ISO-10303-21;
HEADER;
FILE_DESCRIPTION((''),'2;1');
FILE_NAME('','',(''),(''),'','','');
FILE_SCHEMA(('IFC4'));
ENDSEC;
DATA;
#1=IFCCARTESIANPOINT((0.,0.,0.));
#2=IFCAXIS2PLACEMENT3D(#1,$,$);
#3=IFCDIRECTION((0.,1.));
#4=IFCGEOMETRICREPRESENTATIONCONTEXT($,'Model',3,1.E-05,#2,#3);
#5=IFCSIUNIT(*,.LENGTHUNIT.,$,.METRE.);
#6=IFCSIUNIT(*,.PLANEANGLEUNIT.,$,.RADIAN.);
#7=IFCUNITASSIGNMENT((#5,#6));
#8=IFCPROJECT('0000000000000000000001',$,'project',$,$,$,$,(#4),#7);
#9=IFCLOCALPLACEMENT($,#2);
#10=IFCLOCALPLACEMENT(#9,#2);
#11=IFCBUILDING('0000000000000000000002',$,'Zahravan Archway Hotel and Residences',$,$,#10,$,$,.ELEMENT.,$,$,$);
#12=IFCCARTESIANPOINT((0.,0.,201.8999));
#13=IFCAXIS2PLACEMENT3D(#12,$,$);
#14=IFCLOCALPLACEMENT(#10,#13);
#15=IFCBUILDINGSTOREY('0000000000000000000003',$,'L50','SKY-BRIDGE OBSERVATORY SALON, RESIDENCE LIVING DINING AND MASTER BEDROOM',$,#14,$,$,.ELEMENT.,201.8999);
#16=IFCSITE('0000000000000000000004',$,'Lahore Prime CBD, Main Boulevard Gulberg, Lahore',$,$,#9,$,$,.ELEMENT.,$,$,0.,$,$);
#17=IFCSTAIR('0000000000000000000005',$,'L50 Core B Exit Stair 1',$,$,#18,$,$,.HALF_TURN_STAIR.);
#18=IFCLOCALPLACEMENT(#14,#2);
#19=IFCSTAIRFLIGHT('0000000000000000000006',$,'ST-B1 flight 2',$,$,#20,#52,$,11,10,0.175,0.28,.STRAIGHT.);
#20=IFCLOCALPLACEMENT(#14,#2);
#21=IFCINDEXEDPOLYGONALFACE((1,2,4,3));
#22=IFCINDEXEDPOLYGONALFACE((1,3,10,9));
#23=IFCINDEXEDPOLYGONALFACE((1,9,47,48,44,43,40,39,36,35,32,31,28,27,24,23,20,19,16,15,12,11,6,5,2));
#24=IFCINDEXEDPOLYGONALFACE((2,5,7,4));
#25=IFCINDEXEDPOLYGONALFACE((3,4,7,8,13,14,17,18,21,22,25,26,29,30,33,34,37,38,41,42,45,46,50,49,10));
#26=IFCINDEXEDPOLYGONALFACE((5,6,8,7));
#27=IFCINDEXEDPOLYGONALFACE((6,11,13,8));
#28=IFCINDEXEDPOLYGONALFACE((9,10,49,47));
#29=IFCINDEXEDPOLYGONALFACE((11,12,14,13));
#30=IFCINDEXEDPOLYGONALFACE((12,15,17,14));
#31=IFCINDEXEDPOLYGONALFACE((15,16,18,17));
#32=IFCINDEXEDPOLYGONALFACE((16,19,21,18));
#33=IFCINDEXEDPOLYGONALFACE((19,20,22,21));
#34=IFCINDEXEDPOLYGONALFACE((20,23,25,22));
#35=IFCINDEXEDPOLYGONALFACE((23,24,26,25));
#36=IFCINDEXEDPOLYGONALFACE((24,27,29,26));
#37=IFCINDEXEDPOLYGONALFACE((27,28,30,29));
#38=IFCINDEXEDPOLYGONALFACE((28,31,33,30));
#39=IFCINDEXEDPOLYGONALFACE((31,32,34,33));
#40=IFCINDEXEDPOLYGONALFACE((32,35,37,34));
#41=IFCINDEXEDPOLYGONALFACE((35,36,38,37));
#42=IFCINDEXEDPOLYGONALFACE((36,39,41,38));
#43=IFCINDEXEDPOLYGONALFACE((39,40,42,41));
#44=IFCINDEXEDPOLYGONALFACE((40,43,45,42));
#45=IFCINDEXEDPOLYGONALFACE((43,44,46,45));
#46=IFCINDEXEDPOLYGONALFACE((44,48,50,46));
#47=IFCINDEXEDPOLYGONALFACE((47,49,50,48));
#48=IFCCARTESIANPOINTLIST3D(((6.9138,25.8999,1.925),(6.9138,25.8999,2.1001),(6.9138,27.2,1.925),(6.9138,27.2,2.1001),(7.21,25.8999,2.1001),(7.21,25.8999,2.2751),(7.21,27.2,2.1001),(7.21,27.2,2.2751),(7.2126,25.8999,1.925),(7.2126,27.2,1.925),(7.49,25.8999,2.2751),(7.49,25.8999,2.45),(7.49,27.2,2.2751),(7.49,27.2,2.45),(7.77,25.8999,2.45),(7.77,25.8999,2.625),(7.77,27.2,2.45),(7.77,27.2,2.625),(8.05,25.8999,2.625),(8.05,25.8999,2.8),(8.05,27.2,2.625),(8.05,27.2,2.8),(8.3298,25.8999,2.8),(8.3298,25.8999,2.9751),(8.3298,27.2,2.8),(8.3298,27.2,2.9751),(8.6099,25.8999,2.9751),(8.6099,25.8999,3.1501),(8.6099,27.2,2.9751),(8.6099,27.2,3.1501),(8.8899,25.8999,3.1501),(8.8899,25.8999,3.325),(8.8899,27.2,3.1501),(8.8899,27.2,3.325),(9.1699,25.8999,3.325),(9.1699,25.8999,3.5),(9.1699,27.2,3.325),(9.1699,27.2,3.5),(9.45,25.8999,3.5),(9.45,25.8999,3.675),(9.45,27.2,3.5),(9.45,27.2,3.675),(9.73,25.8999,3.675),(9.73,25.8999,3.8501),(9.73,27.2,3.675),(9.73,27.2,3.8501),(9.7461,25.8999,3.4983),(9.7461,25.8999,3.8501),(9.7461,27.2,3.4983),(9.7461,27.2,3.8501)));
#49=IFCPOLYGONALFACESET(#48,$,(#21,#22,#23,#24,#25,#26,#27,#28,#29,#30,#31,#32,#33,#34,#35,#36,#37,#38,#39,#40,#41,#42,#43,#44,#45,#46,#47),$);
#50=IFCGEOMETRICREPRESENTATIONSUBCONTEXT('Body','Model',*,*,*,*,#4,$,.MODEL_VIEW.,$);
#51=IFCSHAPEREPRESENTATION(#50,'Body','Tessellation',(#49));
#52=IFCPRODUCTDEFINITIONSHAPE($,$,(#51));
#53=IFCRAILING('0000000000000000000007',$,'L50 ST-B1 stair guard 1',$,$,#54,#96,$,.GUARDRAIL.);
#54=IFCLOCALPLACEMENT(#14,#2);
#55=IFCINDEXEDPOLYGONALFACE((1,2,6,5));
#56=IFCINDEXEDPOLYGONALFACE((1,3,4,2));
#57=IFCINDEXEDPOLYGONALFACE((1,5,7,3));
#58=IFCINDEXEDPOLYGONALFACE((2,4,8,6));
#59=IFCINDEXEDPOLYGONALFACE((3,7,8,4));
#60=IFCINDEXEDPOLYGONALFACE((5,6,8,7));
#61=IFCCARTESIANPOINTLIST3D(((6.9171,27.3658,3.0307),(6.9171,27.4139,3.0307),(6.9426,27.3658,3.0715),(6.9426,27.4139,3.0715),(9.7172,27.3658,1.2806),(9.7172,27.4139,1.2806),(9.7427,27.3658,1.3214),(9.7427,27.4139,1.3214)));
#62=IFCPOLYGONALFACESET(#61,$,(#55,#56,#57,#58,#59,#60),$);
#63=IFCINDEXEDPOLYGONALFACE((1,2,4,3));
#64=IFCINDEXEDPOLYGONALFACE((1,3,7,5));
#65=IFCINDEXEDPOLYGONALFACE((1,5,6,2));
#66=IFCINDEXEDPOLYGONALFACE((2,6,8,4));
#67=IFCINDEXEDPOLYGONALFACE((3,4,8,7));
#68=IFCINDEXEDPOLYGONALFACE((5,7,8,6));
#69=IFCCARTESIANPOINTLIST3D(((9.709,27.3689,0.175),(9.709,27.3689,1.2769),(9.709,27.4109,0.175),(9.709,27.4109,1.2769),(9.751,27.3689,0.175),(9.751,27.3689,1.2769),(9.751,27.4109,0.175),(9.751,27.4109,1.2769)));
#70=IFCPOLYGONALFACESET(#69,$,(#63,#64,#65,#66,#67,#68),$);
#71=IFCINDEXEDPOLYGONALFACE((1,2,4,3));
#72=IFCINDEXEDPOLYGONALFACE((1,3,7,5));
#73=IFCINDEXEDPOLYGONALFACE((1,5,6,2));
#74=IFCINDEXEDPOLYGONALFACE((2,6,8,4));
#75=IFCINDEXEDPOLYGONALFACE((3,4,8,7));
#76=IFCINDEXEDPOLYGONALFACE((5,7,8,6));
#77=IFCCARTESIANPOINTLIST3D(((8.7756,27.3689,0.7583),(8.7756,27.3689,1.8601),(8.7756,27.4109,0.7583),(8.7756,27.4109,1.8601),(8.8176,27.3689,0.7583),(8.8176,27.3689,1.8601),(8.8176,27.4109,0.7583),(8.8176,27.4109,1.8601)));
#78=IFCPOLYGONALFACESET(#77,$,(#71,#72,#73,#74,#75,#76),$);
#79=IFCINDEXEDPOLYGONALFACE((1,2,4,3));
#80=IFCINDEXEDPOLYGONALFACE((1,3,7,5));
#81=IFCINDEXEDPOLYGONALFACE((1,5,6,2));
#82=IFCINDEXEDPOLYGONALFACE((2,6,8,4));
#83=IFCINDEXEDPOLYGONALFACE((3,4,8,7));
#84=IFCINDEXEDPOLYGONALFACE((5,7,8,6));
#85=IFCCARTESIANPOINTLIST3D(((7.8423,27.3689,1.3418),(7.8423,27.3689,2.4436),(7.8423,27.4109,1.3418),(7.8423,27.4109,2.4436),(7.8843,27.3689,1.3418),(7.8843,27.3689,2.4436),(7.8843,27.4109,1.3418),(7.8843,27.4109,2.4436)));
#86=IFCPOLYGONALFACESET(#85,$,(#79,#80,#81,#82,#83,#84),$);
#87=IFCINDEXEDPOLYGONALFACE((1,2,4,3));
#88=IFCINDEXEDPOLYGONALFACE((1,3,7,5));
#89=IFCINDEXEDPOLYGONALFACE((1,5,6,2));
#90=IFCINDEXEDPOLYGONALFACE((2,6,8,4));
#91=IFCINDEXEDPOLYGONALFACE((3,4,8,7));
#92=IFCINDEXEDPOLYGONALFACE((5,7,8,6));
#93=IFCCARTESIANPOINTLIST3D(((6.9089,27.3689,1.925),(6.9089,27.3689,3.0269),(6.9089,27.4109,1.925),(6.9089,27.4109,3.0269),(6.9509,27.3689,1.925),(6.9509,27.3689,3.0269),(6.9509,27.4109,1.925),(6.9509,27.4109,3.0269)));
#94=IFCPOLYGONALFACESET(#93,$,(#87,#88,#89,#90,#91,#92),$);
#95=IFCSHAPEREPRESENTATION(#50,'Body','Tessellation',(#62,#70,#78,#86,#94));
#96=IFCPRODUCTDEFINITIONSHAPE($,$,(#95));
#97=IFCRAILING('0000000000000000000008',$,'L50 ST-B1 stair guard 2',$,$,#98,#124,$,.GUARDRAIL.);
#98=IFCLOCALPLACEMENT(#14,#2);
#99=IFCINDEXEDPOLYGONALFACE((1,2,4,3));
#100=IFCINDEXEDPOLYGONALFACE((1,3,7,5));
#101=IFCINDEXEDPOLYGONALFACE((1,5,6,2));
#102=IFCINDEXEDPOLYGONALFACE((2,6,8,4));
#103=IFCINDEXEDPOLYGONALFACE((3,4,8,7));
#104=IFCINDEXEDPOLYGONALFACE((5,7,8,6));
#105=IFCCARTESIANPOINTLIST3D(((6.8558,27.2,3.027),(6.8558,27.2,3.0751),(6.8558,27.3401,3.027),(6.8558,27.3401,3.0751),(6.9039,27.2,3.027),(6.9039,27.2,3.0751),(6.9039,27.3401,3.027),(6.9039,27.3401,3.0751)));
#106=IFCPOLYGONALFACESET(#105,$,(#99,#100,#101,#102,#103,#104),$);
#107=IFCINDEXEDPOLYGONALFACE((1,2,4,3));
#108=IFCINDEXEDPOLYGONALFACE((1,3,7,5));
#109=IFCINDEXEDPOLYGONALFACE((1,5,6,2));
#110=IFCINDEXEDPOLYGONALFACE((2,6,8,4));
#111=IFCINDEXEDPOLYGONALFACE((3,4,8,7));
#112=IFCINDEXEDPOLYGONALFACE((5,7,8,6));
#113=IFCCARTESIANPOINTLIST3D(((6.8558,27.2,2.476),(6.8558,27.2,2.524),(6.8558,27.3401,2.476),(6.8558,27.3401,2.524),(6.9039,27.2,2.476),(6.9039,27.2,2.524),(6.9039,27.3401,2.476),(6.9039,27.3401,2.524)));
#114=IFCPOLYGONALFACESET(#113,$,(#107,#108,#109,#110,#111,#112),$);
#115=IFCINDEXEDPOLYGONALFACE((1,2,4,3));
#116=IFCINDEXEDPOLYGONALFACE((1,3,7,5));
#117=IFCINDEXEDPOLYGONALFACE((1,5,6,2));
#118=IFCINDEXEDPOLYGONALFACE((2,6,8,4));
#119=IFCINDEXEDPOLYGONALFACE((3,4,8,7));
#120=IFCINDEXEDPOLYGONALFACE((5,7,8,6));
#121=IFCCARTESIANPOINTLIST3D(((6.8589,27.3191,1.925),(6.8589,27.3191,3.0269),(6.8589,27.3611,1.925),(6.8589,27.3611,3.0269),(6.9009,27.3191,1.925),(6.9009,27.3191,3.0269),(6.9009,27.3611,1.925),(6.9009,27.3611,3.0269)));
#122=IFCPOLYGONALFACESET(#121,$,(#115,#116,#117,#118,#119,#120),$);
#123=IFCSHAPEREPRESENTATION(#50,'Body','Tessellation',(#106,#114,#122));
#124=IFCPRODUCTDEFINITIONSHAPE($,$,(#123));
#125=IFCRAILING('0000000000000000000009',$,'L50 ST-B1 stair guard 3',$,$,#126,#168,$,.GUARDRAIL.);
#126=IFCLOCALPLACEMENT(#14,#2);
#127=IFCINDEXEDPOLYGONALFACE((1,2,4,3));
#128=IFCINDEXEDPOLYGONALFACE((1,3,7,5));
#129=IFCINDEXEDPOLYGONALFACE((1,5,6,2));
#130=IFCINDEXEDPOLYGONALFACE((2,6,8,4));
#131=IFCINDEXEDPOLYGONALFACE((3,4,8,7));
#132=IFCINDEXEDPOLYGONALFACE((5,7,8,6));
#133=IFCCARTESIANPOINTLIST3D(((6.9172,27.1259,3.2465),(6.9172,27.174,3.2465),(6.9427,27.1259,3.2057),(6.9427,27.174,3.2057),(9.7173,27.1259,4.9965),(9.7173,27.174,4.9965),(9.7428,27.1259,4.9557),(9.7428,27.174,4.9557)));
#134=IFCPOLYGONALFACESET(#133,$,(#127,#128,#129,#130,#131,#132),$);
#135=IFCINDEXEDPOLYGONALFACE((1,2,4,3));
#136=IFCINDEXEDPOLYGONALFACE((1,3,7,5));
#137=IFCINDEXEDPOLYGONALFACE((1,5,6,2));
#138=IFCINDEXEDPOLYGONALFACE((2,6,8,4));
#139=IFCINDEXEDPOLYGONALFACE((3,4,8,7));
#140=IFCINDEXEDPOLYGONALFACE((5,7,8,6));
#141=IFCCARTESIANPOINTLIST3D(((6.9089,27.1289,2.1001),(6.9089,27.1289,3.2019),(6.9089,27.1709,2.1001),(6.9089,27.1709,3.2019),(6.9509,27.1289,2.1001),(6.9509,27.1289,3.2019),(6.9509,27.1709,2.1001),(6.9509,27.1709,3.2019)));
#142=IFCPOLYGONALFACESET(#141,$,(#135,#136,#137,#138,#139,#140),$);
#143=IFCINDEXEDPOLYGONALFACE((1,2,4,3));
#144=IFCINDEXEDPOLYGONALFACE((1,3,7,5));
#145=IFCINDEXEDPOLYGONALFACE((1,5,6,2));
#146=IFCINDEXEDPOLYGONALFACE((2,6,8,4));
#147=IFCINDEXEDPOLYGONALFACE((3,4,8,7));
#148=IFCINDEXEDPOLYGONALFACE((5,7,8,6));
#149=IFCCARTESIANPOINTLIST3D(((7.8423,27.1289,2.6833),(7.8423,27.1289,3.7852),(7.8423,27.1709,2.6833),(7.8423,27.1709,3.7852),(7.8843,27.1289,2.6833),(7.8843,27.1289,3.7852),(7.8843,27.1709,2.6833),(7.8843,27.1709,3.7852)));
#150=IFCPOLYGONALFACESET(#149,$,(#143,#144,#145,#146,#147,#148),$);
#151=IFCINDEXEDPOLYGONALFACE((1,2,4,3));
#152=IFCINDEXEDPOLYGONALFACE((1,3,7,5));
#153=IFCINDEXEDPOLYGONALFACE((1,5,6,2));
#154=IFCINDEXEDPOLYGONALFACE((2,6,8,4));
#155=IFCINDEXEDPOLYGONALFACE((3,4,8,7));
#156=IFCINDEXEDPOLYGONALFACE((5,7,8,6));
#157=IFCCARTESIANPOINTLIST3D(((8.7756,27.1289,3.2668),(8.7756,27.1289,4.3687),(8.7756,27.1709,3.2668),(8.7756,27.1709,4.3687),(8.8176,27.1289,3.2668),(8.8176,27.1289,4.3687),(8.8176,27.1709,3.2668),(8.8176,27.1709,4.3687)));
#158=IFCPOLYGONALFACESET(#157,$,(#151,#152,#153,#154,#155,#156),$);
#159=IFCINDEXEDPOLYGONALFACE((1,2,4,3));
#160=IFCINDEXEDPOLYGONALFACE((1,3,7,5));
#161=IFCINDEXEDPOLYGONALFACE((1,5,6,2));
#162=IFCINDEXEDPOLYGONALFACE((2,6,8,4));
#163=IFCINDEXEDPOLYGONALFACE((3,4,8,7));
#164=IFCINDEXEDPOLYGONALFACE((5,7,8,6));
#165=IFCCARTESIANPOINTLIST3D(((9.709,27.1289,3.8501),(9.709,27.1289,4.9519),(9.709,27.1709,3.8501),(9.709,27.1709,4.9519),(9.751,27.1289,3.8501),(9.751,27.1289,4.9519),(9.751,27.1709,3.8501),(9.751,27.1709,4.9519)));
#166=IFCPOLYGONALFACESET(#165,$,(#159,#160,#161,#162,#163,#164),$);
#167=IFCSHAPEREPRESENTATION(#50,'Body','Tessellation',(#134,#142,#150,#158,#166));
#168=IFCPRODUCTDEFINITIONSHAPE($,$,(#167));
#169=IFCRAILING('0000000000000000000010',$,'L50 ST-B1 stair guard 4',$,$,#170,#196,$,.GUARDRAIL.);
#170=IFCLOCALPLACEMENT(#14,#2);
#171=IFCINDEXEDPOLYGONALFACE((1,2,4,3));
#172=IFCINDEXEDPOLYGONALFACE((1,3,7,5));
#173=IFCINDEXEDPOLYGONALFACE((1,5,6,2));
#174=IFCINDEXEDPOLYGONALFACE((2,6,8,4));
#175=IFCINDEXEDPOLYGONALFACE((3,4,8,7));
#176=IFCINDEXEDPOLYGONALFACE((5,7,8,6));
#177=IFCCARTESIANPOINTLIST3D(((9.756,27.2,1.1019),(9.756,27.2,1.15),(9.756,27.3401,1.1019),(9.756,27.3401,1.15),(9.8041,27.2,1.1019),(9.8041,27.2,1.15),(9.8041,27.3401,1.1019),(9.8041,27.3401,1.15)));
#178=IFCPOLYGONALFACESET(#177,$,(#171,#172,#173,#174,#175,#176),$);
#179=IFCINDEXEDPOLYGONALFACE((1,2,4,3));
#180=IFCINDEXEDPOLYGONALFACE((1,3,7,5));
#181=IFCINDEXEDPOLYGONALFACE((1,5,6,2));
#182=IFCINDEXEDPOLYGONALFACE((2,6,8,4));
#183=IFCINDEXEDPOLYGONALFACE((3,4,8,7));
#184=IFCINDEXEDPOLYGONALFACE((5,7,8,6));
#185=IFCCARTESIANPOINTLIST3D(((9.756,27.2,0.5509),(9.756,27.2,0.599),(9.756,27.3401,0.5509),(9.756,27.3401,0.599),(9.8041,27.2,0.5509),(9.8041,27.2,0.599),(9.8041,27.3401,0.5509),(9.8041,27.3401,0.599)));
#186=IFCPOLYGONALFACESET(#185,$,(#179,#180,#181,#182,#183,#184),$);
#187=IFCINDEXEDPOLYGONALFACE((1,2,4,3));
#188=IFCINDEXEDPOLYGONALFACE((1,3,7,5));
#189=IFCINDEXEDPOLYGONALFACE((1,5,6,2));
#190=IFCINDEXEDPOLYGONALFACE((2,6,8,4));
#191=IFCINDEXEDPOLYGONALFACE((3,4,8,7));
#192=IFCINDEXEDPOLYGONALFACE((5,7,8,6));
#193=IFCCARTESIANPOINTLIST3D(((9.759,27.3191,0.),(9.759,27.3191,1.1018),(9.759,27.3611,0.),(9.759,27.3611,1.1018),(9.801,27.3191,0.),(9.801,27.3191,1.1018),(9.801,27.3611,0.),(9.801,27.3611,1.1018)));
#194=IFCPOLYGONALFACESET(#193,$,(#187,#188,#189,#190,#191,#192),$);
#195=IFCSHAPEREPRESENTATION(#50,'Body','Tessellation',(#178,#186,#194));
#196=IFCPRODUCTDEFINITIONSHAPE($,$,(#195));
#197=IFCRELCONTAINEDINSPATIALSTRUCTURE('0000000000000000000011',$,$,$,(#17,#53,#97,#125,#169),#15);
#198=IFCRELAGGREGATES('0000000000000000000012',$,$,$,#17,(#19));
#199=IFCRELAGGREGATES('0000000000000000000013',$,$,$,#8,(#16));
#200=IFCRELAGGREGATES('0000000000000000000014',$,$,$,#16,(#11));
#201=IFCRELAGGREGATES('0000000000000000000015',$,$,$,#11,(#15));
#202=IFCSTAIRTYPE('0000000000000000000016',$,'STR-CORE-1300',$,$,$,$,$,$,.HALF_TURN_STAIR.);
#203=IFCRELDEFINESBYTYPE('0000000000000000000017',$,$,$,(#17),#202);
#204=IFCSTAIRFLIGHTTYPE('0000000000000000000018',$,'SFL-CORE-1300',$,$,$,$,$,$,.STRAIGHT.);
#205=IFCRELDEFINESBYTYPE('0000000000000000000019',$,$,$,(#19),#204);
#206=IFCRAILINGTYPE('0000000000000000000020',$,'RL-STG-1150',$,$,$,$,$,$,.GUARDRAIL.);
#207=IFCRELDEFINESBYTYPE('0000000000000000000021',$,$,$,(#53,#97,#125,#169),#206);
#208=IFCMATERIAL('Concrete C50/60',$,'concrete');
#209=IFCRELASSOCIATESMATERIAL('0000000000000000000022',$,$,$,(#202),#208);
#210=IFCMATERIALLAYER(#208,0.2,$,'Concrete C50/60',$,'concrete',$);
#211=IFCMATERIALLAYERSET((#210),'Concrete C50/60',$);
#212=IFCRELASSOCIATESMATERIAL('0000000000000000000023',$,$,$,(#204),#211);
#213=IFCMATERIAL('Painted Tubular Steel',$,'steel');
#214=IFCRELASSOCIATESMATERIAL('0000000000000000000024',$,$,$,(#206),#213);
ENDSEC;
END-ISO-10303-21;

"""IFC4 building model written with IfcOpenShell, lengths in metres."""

from ifc_helpers import new_model, si_unit, direction, frame, origin, origin_2d, place, context, subcontext, project, spatial, polyline, rectangle, outline, extrude, source, transform, mapped, material, layer, layer_set, type_object, element, aggregate, save


model = new_model("IFC4")

# Units and contexts
model_context = context("Model", 3, precision=1e-05, world=origin(), true_north=direction((0.0, 1.0)))
body_context = subcontext(model_context, "Body", "Model", "MODEL_VIEW")
ifc_project = project(units=[si_unit("LENGTHUNIT", "METRE"), si_unit("PLANEANGLEUNIT", "RADIAN")], contexts=[model_context])

# Site, building, storey
site_placement = place(None, origin())
site = spatial("IfcSite", under=ifc_project, at=site_placement, Name="Lahore Prime CBD, Main Boulevard Gulberg, Lahore", CompositionType="ELEMENT", RefElevation=0.0)
building_placement = place(site_placement, origin())
building = spatial("IfcBuilding", under=site, at=building_placement, Name="Zahravan Archway Hotel and Residences", CompositionType="ELEMENT")
storey_placement = place(building_placement, frame((0.0, 0.0, 201.8999)))
storey = spatial("IfcBuildingStorey", under=building, at=storey_placement, Name="L50", Description="SKY-BRIDGE OBSERVATORY SALON, RESIDENCE LIVING DINING AND MASTER BEDROOM", CompositionType="ELEMENT", Elevation=201.8999)

# Shared definitions
ifc_material_1 = material(Name="Concrete C50/60", Category="concrete")

# Stair, stair flight
stair_type = type_object("IfcStairType", Name="STR-CORE-1300", PredefinedType="HALF_TURN_STAIR", material=ifc_material_1)
stair_placement = place(storey_placement, origin())
stair = element("IfcStair", 1, at=stair_placement, inside=storey, type_object=stair_type, Name="L50 Core B Exit Stair 1", PredefinedType="HALF_TURN_STAIR")
ifc_layer_1 = layer(ifc_material_1, 0.2, Name="Concrete C50/60", Category="concrete")
ifc_layer_set_1 = layer_set([ifc_layer_1], Name="Concrete C50/60")
stair_flight_type = type_object("IfcStairFlightType", Name="SFL-CORE-1300", PredefinedType="STRAIGHT", material=ifc_layer_set_1)
shared_shape_1 = source(origin(), body_context, "Body", "SweptSolid", [
    extrude(outline(polyline([(-0.0161, 0.0), (-0.0161, 0.175), (0.28, 0.175), (0.28, 0.3501), (0.5601, 0.3501), (0.5601, 0.5249), (0.8401, 0.5249), (0.8401, 0.7), (1.1201, 0.7), (1.1201, 0.875), (1.3999, 0.875), (1.3999, 1.05), (1.6799, 1.05), (1.6799, 1.2251), (1.96, 1.2251), (1.96, 1.3999), (2.24, 1.3999), (2.24, 1.575), (2.52, 1.575), (2.52, 1.75), (2.8, 1.75), (2.8, 1.925), (2.8162, 1.925), (2.8162, 1.5732), (0.2827, 0.0), (-0.0161, 0.0)])), frame((0.0, 0.6499, 0.0), z_axis=(0.0, -1.0, 0.0), x_axis=(1.0, 0.0, 0.0)), (0.0, 0.0, 1.0), 1.3),
])
stair_flight_1_placement = place(storey_placement, frame((6.9299, 26.55, 1.925), z_axis=(0.0, 0.0, 1.0), x_axis=(1.0, 0.0, 0.0)))
stair_flight_1 = element("IfcStairFlight", 2, at=stair_flight_1_placement, type_object=stair_flight_type, Name="ST-B1 flight 2", NumberOfRisers=11, NumberOfTreads=10, PredefinedType="STRAIGHT", RiserHeight=0.175, TreadLength=0.28, context=body_context, shape_type="MappedRepresentation", body=[
    mapped(shared_shape_1, transform((0.0, 0.0, 0.0), scale=1.0)),
])
aggregate(stair, [stair_flight_1])

# Railings
ifc_material_2 = material(Name="Painted Tubular Steel", Category="steel")
railing_type_1 = type_object("IfcRailingType", Name="RL-STG-1150", PredefinedType="GUARDRAIL", material=ifc_material_2)
railing_1_placement = place(storey_placement, frame((9.73, 27.3899, 0.175)))
element("IfcRailing", 3, at=railing_1_placement, inside=storey, type_object=railing_type_1, Name="L50 ST-B1 stair guard 1", PredefinedType="GUARDRAIL", context=body_context, shape_type="SweptSolid", body=[
    extrude(rectangle(XDim=0.0481, YDim=0.0481, at=origin_2d()), frame((0.0, 0.0, 1.126), z_axis=(-0.848002, 0.0, 0.529992), x_axis=(0.0, -1.0, 0.0)), (0.0, 0.0, 1.0), 3.302),
    extrude(rectangle(XDim=0.042, YDim=0.042, at=origin_2d()), origin(), (0.0, 0.0, 1.0), 1.1018),
    extrude(rectangle(XDim=0.042, YDim=0.042, at=origin_2d()), frame((-0.9333, 0.0, 0.5833)), (0.0, 0.0, 1.0), 1.1018),
    extrude(rectangle(XDim=0.042, YDim=0.042, at=origin_2d()), frame((-1.8667, 0.0, 1.1667)), (0.0, 0.0, 1.0), 1.1018),
    extrude(rectangle(XDim=0.042, YDim=0.042, at=origin_2d()), frame((-2.8, 0.0, 1.75)), (0.0, 0.0, 1.0), 1.1018),
])
railing_2_placement = place(storey_placement, frame((6.8799, 27.3401, 1.925)))
element("IfcRailing", 4, at=railing_2_placement, inside=storey, type_object=railing_type_1, Name="L50 ST-B1 stair guard 2", PredefinedType="GUARDRAIL", context=body_context, shape_type="SweptSolid", body=[
    extrude(rectangle(XDim=0.0481, YDim=0.0481, at=origin_2d()), frame((0.0, 0.0, 1.126), z_axis=(0.0, -1.0, 0.0), x_axis=(1.0, 0.0, 0.0)), (0.0, 0.0, 1.0), 0.1401),
    extrude(rectangle(XDim=0.0481, YDim=0.0481, at=origin_2d()), frame((0.0, 0.0, 0.575), z_axis=(0.0, -1.0, 0.0), x_axis=(1.0, 0.0, 0.0)), (0.0, 0.0, 1.0), 0.1401),
    extrude(rectangle(XDim=0.042, YDim=0.042, at=origin_2d()), origin(), (0.0, 0.0, 1.0), 1.1018),
])
railing_3_placement = place(storey_placement, frame((6.9299, 27.1499, 2.1001)))
element("IfcRailing", 5, at=railing_3_placement, inside=storey, type_object=railing_type_1, Name="L50 ST-B1 stair guard 3", PredefinedType="GUARDRAIL", context=body_context, shape_type="SweptSolid", body=[
    extrude(rectangle(XDim=0.0481, YDim=0.0481, at=origin_2d()), frame((0.0, 0.0, 1.126), z_axis=(0.848002, 0.0, 0.529992), x_axis=(0.0, 1.0, 0.0)), (0.0, 0.0, 1.0), 3.302),
    extrude(rectangle(XDim=0.042, YDim=0.042, at=origin_2d()), origin(), (0.0, 0.0, 1.0), 1.1018),
    extrude(rectangle(XDim=0.042, YDim=0.042, at=origin_2d()), frame((0.9333, 0.0, 0.5833)), (0.0, 0.0, 1.0), 1.1018),
    extrude(rectangle(XDim=0.042, YDim=0.042, at=origin_2d()), frame((1.8667, 0.0, 1.1667)), (0.0, 0.0, 1.0), 1.1018),
    extrude(rectangle(XDim=0.042, YDim=0.042, at=origin_2d()), frame((2.8, 0.0, 1.75)), (0.0, 0.0, 1.0), 1.1018),
])
railing_4_placement = place(storey_placement, frame((9.78, 27.3401, 0.0)))
element("IfcRailing", 6, at=railing_4_placement, inside=storey, type_object=railing_type_1, Name="L50 ST-B1 stair guard 4", PredefinedType="GUARDRAIL", context=body_context, shape_type="SweptSolid", body=[
    extrude(rectangle(XDim=0.0481, YDim=0.0481, at=origin_2d()), frame((0.0, 0.0, 1.126), z_axis=(0.0, -1.0, 0.0), x_axis=(1.0, 0.0, 0.0)), (0.0, 0.0, 1.0), 0.1401),
    extrude(rectangle(XDim=0.0481, YDim=0.0481, at=origin_2d()), frame((0.0, 0.0, 0.575), z_axis=(0.0, -1.0, 0.0), x_axis=(1.0, 0.0, 0.0)), (0.0, 0.0, 1.0), 0.1401),
    extrude(rectangle(XDim=0.042, YDim=0.042, at=origin_2d()), origin(), (0.0, 0.0, 1.0), 1.1018),
])

save(model, "model.ifc")
